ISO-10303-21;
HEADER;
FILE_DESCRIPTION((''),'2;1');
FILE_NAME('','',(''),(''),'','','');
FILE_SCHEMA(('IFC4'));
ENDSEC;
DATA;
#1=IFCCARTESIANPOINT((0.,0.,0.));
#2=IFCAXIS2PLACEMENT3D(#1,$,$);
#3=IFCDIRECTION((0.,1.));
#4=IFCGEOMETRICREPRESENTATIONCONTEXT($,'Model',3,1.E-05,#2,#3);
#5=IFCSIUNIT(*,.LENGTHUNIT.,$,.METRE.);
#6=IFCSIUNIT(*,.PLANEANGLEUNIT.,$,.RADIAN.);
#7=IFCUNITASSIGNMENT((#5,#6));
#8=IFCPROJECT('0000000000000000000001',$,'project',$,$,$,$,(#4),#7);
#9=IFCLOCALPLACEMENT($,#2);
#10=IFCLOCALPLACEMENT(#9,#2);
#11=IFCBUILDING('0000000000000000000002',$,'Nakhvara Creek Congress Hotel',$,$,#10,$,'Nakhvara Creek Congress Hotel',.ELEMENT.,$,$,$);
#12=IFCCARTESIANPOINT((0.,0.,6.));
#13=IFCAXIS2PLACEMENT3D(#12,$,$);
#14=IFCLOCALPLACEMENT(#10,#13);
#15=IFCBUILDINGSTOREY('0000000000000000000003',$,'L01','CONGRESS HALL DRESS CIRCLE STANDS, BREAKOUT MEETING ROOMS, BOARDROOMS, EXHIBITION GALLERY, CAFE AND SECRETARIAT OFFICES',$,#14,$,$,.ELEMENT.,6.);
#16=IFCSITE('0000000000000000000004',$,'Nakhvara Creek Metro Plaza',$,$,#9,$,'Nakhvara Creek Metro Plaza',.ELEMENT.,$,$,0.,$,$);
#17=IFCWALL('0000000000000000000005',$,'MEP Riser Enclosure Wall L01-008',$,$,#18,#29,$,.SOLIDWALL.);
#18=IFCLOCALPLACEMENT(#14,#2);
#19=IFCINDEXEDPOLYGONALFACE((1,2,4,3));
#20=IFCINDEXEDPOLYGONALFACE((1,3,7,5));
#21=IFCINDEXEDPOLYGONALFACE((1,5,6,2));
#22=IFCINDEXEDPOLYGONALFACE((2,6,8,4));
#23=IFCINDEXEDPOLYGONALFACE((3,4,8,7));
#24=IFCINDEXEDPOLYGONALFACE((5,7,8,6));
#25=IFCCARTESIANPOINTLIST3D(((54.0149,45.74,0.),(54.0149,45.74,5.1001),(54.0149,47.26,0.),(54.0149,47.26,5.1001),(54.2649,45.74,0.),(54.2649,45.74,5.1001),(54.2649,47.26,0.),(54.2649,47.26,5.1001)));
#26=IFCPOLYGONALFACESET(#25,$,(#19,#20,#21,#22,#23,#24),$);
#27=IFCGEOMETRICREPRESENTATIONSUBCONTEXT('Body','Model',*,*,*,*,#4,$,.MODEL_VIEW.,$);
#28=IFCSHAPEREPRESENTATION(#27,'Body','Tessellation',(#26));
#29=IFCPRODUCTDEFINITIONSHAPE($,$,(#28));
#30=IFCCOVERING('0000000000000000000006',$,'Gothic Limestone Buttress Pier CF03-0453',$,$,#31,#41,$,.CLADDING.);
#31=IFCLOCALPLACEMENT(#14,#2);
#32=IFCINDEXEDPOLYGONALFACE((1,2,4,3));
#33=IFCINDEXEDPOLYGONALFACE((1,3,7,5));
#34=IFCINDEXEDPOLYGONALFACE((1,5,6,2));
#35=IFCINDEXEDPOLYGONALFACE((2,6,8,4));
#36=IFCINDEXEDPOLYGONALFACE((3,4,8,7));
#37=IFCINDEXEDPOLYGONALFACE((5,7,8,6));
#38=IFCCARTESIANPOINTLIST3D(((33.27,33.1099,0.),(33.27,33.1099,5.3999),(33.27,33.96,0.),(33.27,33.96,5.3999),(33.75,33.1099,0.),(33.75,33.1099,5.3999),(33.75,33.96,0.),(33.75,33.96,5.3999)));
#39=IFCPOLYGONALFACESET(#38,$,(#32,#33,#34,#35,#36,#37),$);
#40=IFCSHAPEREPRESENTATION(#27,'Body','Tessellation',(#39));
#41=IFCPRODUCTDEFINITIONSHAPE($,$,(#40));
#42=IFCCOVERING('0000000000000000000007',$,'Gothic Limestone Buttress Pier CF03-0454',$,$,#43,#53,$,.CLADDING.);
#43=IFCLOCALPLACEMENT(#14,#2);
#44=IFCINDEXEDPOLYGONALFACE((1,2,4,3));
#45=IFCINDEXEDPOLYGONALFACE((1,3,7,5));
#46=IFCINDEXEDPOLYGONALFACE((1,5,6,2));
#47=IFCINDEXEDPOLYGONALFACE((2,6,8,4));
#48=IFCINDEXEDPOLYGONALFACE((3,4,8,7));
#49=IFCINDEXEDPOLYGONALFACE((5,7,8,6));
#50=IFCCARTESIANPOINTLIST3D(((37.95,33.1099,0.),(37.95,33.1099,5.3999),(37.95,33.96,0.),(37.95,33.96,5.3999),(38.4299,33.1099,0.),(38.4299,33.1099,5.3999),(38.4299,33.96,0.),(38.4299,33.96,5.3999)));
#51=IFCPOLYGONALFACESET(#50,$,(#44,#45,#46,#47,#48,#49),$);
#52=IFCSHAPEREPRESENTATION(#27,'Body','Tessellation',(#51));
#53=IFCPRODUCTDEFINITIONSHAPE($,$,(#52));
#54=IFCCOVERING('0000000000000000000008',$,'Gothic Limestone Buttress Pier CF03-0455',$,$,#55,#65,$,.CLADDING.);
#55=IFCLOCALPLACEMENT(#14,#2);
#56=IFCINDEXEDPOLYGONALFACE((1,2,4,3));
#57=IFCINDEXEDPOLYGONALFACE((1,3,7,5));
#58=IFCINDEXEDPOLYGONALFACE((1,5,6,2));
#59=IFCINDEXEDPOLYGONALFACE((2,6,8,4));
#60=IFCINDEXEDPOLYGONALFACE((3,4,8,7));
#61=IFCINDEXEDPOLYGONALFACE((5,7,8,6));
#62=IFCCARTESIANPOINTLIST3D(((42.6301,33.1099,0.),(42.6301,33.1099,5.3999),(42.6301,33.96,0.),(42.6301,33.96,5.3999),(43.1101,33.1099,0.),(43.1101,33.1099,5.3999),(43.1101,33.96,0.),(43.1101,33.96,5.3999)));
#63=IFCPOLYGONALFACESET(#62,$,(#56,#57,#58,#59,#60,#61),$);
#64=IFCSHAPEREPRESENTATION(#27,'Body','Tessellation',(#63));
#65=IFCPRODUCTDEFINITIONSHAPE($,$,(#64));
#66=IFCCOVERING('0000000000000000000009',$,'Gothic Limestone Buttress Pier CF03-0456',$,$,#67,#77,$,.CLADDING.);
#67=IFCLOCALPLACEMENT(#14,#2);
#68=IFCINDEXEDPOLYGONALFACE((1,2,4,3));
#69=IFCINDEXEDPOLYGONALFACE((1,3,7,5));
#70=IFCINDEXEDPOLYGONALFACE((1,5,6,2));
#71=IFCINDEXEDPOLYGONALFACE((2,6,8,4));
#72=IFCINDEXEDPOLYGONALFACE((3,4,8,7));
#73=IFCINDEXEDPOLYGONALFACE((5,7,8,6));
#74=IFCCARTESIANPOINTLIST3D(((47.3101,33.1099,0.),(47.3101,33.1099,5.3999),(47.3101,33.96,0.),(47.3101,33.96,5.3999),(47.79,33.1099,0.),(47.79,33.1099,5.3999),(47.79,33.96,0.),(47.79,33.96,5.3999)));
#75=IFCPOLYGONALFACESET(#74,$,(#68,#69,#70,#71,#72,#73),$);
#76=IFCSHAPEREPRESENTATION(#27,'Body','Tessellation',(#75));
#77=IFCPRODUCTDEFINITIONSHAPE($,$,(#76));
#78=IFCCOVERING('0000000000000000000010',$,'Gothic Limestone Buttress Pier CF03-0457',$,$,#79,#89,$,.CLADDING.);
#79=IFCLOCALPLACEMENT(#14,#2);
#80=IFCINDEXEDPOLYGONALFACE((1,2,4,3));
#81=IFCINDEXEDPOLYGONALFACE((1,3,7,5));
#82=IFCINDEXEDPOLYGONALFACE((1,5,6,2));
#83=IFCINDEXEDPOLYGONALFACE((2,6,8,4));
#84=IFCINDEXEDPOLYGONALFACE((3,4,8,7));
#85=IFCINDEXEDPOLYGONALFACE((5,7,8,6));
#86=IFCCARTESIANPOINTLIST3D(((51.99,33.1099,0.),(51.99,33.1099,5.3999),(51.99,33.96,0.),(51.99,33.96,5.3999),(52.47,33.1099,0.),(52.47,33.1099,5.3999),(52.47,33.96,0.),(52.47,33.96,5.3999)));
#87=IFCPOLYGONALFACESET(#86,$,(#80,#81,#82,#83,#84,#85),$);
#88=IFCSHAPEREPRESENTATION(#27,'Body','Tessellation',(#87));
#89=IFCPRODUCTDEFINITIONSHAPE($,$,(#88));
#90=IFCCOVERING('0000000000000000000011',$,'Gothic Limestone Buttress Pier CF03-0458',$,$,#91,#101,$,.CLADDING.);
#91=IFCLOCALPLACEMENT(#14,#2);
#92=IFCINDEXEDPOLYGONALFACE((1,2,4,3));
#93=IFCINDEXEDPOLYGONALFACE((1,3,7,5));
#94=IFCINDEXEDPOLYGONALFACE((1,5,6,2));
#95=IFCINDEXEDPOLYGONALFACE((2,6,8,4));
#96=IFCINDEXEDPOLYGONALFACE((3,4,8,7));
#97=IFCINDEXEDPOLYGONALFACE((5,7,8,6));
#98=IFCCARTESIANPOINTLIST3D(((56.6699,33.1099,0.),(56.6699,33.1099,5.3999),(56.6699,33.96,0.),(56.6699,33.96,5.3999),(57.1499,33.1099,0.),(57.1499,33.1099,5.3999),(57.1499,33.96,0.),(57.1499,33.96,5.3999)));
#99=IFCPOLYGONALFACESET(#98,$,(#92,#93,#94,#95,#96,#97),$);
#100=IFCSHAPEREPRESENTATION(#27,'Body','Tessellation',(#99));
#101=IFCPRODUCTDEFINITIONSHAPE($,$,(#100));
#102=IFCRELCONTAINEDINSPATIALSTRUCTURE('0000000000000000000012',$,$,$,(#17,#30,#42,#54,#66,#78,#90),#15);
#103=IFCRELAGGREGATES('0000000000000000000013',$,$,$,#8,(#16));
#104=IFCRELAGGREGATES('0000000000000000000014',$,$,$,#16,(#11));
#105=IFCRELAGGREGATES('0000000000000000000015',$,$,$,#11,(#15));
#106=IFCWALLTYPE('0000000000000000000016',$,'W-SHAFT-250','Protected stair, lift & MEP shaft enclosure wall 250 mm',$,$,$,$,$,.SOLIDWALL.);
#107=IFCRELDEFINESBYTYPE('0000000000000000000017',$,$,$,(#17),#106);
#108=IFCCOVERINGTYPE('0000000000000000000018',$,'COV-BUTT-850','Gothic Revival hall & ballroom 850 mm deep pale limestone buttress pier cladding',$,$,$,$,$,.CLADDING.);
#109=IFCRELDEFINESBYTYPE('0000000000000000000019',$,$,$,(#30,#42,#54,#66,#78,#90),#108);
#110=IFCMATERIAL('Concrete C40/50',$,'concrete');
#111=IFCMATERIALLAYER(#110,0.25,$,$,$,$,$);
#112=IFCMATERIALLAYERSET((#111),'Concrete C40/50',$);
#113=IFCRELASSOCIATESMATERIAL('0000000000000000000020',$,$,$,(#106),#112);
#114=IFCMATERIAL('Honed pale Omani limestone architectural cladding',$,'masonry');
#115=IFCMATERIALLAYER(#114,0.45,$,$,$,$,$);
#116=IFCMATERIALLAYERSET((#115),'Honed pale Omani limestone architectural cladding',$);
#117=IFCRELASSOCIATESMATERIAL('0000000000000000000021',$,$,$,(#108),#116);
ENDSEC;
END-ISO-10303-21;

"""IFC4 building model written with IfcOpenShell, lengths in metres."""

from ifc_helpers import new_model, si_unit, direction, frame, frame_2d, origin, origin_2d, place, context, subcontext, project, spatial, rectangle, extrude, material, layer, layer_set, type_object, element, save


model = new_model("IFC4")

# Units and contexts
model_context = context("Model", 3, precision=1e-05, world=origin(), true_north=direction((0.0, 1.0)))
body_context = subcontext(model_context, "Body", "Model", "MODEL_VIEW")
ifc_project = project(units=[si_unit("LENGTHUNIT", "METRE"), si_unit("PLANEANGLEUNIT", "RADIAN")], contexts=[model_context])

# Site, building, storey
site_placement = place(None, origin())
site = spatial("IfcSite", under=ifc_project, at=site_placement, Name="Nakhvara Creek Metro Plaza", LongName="Nakhvara Creek Metro Plaza", CompositionType="ELEMENT", RefElevation=0.0)
building_placement = place(site_placement, origin())
building = spatial("IfcBuilding", under=site, at=building_placement, Name="Nakhvara Creek Congress Hotel", LongName="Nakhvara Creek Congress Hotel", CompositionType="ELEMENT")
storey_placement = place(building_placement, frame((0.0, 0.0, 6.0)))
storey = spatial("IfcBuildingStorey", under=building, at=storey_placement, Name="L01", Description="CONGRESS HALL DRESS CIRCLE STANDS, BREAKOUT MEETING ROOMS, BOARDROOMS, EXHIBITION GALLERY, CAFE AND SECRETARIAT OFFICES", CompositionType="ELEMENT", Elevation=6.0)

# Shared definitions
ifc_material_1 = material(Name="Concrete C40/50", Category="concrete")

# Wall
ifc_layer_1 = layer(ifc_material_1, 0.25)
ifc_layer_set_1 = layer_set([ifc_layer_1], Name="Concrete C40/50")
wall_type_1 = type_object("IfcWallType", Name="W-SHAFT-250", Description="Protected stair, lift & MEP shaft enclosure wall 250 mm", PredefinedType="SOLIDWALL", material=ifc_layer_set_1)
for number, where, z_axis, x_axis, name in (
    (1, (54.1399, 47.26, 0.0), (0.0, 0.0, 1.0), (0.0, -1.0, 0.0), "MEP Riser Enclosure Wall L01-008"),
):
    element("IfcWall", number, at=place(storey_placement, frame(where, z_axis=z_axis, x_axis=x_axis)), inside=storey, type_object=wall_type_1, Name=name, PredefinedType="SOLIDWALL", context=body_context, shape_type="SweptSolid", body=[
        extrude(rectangle(XDim=1.52, YDim=0.25, at=frame_2d((0.76, 0.0))), origin(), (0.0, 0.0, 1.0), 5.1001),
    ])

# Coverings
ifc_material_2 = material(Name="Honed pale Omani limestone architectural cladding", Category="masonry")
ifc_layer_2 = layer(ifc_material_2, 0.45)
ifc_layer_set_2 = layer_set([ifc_layer_2], Name="Honed pale Omani limestone architectural cladding")
covering_type = type_object("IfcCoveringType", Name="COV-BUTT-850", Description="Gothic Revival hall & ballroom 850 mm deep pale limestone buttress pier cladding", PredefinedType="CLADDING", material=ifc_layer_set_2)
for number, where, z_axis, x_axis, name in (
    (2, (33.51, 33.5349, 0.0), (0.0, 0.0, 1.0), (1.0, 0.0, 0.0), "Gothic Limestone Buttress Pier CF03-0453"),
    (3, (38.1899, 33.5349, 0.0), (0.0, 0.0, 1.0), (1.0, 0.0, 0.0), "Gothic Limestone Buttress Pier CF03-0454"),
    (4, (42.8701, 33.5349, 0.0), (0.0, 0.0, 1.0), (1.0, 0.0, 0.0), "Gothic Limestone Buttress Pier CF03-0455"),
    (5, (47.55, 33.5349, 0.0), (0.0, 0.0, 1.0), (1.0, 0.0, 0.0), "Gothic Limestone Buttress Pier CF03-0456"),
    (6, (52.23, 33.5349, 0.0), (0.0, 0.0, 1.0), (1.0, 0.0, 0.0), "Gothic Limestone Buttress Pier CF03-0457"),
    (7, (56.9099, 33.5349, 0.0), (0.0, 0.0, 1.0), (1.0, 0.0, 0.0), "Gothic Limestone Buttress Pier CF03-0458"),
):
    element("IfcCovering", number, at=place(storey_placement, frame(where, z_axis=z_axis, x_axis=x_axis)), inside=storey, type_object=covering_type, Name=name, PredefinedType="CLADDING", context=body_context, shape_type="SweptSolid", body=[
        extrude(rectangle(XDim=0.48, YDim=0.8501, at=origin_2d()), origin(), (0.0, 0.0, 1.0), 5.3999),
    ])

save(model, "model.ifc")
